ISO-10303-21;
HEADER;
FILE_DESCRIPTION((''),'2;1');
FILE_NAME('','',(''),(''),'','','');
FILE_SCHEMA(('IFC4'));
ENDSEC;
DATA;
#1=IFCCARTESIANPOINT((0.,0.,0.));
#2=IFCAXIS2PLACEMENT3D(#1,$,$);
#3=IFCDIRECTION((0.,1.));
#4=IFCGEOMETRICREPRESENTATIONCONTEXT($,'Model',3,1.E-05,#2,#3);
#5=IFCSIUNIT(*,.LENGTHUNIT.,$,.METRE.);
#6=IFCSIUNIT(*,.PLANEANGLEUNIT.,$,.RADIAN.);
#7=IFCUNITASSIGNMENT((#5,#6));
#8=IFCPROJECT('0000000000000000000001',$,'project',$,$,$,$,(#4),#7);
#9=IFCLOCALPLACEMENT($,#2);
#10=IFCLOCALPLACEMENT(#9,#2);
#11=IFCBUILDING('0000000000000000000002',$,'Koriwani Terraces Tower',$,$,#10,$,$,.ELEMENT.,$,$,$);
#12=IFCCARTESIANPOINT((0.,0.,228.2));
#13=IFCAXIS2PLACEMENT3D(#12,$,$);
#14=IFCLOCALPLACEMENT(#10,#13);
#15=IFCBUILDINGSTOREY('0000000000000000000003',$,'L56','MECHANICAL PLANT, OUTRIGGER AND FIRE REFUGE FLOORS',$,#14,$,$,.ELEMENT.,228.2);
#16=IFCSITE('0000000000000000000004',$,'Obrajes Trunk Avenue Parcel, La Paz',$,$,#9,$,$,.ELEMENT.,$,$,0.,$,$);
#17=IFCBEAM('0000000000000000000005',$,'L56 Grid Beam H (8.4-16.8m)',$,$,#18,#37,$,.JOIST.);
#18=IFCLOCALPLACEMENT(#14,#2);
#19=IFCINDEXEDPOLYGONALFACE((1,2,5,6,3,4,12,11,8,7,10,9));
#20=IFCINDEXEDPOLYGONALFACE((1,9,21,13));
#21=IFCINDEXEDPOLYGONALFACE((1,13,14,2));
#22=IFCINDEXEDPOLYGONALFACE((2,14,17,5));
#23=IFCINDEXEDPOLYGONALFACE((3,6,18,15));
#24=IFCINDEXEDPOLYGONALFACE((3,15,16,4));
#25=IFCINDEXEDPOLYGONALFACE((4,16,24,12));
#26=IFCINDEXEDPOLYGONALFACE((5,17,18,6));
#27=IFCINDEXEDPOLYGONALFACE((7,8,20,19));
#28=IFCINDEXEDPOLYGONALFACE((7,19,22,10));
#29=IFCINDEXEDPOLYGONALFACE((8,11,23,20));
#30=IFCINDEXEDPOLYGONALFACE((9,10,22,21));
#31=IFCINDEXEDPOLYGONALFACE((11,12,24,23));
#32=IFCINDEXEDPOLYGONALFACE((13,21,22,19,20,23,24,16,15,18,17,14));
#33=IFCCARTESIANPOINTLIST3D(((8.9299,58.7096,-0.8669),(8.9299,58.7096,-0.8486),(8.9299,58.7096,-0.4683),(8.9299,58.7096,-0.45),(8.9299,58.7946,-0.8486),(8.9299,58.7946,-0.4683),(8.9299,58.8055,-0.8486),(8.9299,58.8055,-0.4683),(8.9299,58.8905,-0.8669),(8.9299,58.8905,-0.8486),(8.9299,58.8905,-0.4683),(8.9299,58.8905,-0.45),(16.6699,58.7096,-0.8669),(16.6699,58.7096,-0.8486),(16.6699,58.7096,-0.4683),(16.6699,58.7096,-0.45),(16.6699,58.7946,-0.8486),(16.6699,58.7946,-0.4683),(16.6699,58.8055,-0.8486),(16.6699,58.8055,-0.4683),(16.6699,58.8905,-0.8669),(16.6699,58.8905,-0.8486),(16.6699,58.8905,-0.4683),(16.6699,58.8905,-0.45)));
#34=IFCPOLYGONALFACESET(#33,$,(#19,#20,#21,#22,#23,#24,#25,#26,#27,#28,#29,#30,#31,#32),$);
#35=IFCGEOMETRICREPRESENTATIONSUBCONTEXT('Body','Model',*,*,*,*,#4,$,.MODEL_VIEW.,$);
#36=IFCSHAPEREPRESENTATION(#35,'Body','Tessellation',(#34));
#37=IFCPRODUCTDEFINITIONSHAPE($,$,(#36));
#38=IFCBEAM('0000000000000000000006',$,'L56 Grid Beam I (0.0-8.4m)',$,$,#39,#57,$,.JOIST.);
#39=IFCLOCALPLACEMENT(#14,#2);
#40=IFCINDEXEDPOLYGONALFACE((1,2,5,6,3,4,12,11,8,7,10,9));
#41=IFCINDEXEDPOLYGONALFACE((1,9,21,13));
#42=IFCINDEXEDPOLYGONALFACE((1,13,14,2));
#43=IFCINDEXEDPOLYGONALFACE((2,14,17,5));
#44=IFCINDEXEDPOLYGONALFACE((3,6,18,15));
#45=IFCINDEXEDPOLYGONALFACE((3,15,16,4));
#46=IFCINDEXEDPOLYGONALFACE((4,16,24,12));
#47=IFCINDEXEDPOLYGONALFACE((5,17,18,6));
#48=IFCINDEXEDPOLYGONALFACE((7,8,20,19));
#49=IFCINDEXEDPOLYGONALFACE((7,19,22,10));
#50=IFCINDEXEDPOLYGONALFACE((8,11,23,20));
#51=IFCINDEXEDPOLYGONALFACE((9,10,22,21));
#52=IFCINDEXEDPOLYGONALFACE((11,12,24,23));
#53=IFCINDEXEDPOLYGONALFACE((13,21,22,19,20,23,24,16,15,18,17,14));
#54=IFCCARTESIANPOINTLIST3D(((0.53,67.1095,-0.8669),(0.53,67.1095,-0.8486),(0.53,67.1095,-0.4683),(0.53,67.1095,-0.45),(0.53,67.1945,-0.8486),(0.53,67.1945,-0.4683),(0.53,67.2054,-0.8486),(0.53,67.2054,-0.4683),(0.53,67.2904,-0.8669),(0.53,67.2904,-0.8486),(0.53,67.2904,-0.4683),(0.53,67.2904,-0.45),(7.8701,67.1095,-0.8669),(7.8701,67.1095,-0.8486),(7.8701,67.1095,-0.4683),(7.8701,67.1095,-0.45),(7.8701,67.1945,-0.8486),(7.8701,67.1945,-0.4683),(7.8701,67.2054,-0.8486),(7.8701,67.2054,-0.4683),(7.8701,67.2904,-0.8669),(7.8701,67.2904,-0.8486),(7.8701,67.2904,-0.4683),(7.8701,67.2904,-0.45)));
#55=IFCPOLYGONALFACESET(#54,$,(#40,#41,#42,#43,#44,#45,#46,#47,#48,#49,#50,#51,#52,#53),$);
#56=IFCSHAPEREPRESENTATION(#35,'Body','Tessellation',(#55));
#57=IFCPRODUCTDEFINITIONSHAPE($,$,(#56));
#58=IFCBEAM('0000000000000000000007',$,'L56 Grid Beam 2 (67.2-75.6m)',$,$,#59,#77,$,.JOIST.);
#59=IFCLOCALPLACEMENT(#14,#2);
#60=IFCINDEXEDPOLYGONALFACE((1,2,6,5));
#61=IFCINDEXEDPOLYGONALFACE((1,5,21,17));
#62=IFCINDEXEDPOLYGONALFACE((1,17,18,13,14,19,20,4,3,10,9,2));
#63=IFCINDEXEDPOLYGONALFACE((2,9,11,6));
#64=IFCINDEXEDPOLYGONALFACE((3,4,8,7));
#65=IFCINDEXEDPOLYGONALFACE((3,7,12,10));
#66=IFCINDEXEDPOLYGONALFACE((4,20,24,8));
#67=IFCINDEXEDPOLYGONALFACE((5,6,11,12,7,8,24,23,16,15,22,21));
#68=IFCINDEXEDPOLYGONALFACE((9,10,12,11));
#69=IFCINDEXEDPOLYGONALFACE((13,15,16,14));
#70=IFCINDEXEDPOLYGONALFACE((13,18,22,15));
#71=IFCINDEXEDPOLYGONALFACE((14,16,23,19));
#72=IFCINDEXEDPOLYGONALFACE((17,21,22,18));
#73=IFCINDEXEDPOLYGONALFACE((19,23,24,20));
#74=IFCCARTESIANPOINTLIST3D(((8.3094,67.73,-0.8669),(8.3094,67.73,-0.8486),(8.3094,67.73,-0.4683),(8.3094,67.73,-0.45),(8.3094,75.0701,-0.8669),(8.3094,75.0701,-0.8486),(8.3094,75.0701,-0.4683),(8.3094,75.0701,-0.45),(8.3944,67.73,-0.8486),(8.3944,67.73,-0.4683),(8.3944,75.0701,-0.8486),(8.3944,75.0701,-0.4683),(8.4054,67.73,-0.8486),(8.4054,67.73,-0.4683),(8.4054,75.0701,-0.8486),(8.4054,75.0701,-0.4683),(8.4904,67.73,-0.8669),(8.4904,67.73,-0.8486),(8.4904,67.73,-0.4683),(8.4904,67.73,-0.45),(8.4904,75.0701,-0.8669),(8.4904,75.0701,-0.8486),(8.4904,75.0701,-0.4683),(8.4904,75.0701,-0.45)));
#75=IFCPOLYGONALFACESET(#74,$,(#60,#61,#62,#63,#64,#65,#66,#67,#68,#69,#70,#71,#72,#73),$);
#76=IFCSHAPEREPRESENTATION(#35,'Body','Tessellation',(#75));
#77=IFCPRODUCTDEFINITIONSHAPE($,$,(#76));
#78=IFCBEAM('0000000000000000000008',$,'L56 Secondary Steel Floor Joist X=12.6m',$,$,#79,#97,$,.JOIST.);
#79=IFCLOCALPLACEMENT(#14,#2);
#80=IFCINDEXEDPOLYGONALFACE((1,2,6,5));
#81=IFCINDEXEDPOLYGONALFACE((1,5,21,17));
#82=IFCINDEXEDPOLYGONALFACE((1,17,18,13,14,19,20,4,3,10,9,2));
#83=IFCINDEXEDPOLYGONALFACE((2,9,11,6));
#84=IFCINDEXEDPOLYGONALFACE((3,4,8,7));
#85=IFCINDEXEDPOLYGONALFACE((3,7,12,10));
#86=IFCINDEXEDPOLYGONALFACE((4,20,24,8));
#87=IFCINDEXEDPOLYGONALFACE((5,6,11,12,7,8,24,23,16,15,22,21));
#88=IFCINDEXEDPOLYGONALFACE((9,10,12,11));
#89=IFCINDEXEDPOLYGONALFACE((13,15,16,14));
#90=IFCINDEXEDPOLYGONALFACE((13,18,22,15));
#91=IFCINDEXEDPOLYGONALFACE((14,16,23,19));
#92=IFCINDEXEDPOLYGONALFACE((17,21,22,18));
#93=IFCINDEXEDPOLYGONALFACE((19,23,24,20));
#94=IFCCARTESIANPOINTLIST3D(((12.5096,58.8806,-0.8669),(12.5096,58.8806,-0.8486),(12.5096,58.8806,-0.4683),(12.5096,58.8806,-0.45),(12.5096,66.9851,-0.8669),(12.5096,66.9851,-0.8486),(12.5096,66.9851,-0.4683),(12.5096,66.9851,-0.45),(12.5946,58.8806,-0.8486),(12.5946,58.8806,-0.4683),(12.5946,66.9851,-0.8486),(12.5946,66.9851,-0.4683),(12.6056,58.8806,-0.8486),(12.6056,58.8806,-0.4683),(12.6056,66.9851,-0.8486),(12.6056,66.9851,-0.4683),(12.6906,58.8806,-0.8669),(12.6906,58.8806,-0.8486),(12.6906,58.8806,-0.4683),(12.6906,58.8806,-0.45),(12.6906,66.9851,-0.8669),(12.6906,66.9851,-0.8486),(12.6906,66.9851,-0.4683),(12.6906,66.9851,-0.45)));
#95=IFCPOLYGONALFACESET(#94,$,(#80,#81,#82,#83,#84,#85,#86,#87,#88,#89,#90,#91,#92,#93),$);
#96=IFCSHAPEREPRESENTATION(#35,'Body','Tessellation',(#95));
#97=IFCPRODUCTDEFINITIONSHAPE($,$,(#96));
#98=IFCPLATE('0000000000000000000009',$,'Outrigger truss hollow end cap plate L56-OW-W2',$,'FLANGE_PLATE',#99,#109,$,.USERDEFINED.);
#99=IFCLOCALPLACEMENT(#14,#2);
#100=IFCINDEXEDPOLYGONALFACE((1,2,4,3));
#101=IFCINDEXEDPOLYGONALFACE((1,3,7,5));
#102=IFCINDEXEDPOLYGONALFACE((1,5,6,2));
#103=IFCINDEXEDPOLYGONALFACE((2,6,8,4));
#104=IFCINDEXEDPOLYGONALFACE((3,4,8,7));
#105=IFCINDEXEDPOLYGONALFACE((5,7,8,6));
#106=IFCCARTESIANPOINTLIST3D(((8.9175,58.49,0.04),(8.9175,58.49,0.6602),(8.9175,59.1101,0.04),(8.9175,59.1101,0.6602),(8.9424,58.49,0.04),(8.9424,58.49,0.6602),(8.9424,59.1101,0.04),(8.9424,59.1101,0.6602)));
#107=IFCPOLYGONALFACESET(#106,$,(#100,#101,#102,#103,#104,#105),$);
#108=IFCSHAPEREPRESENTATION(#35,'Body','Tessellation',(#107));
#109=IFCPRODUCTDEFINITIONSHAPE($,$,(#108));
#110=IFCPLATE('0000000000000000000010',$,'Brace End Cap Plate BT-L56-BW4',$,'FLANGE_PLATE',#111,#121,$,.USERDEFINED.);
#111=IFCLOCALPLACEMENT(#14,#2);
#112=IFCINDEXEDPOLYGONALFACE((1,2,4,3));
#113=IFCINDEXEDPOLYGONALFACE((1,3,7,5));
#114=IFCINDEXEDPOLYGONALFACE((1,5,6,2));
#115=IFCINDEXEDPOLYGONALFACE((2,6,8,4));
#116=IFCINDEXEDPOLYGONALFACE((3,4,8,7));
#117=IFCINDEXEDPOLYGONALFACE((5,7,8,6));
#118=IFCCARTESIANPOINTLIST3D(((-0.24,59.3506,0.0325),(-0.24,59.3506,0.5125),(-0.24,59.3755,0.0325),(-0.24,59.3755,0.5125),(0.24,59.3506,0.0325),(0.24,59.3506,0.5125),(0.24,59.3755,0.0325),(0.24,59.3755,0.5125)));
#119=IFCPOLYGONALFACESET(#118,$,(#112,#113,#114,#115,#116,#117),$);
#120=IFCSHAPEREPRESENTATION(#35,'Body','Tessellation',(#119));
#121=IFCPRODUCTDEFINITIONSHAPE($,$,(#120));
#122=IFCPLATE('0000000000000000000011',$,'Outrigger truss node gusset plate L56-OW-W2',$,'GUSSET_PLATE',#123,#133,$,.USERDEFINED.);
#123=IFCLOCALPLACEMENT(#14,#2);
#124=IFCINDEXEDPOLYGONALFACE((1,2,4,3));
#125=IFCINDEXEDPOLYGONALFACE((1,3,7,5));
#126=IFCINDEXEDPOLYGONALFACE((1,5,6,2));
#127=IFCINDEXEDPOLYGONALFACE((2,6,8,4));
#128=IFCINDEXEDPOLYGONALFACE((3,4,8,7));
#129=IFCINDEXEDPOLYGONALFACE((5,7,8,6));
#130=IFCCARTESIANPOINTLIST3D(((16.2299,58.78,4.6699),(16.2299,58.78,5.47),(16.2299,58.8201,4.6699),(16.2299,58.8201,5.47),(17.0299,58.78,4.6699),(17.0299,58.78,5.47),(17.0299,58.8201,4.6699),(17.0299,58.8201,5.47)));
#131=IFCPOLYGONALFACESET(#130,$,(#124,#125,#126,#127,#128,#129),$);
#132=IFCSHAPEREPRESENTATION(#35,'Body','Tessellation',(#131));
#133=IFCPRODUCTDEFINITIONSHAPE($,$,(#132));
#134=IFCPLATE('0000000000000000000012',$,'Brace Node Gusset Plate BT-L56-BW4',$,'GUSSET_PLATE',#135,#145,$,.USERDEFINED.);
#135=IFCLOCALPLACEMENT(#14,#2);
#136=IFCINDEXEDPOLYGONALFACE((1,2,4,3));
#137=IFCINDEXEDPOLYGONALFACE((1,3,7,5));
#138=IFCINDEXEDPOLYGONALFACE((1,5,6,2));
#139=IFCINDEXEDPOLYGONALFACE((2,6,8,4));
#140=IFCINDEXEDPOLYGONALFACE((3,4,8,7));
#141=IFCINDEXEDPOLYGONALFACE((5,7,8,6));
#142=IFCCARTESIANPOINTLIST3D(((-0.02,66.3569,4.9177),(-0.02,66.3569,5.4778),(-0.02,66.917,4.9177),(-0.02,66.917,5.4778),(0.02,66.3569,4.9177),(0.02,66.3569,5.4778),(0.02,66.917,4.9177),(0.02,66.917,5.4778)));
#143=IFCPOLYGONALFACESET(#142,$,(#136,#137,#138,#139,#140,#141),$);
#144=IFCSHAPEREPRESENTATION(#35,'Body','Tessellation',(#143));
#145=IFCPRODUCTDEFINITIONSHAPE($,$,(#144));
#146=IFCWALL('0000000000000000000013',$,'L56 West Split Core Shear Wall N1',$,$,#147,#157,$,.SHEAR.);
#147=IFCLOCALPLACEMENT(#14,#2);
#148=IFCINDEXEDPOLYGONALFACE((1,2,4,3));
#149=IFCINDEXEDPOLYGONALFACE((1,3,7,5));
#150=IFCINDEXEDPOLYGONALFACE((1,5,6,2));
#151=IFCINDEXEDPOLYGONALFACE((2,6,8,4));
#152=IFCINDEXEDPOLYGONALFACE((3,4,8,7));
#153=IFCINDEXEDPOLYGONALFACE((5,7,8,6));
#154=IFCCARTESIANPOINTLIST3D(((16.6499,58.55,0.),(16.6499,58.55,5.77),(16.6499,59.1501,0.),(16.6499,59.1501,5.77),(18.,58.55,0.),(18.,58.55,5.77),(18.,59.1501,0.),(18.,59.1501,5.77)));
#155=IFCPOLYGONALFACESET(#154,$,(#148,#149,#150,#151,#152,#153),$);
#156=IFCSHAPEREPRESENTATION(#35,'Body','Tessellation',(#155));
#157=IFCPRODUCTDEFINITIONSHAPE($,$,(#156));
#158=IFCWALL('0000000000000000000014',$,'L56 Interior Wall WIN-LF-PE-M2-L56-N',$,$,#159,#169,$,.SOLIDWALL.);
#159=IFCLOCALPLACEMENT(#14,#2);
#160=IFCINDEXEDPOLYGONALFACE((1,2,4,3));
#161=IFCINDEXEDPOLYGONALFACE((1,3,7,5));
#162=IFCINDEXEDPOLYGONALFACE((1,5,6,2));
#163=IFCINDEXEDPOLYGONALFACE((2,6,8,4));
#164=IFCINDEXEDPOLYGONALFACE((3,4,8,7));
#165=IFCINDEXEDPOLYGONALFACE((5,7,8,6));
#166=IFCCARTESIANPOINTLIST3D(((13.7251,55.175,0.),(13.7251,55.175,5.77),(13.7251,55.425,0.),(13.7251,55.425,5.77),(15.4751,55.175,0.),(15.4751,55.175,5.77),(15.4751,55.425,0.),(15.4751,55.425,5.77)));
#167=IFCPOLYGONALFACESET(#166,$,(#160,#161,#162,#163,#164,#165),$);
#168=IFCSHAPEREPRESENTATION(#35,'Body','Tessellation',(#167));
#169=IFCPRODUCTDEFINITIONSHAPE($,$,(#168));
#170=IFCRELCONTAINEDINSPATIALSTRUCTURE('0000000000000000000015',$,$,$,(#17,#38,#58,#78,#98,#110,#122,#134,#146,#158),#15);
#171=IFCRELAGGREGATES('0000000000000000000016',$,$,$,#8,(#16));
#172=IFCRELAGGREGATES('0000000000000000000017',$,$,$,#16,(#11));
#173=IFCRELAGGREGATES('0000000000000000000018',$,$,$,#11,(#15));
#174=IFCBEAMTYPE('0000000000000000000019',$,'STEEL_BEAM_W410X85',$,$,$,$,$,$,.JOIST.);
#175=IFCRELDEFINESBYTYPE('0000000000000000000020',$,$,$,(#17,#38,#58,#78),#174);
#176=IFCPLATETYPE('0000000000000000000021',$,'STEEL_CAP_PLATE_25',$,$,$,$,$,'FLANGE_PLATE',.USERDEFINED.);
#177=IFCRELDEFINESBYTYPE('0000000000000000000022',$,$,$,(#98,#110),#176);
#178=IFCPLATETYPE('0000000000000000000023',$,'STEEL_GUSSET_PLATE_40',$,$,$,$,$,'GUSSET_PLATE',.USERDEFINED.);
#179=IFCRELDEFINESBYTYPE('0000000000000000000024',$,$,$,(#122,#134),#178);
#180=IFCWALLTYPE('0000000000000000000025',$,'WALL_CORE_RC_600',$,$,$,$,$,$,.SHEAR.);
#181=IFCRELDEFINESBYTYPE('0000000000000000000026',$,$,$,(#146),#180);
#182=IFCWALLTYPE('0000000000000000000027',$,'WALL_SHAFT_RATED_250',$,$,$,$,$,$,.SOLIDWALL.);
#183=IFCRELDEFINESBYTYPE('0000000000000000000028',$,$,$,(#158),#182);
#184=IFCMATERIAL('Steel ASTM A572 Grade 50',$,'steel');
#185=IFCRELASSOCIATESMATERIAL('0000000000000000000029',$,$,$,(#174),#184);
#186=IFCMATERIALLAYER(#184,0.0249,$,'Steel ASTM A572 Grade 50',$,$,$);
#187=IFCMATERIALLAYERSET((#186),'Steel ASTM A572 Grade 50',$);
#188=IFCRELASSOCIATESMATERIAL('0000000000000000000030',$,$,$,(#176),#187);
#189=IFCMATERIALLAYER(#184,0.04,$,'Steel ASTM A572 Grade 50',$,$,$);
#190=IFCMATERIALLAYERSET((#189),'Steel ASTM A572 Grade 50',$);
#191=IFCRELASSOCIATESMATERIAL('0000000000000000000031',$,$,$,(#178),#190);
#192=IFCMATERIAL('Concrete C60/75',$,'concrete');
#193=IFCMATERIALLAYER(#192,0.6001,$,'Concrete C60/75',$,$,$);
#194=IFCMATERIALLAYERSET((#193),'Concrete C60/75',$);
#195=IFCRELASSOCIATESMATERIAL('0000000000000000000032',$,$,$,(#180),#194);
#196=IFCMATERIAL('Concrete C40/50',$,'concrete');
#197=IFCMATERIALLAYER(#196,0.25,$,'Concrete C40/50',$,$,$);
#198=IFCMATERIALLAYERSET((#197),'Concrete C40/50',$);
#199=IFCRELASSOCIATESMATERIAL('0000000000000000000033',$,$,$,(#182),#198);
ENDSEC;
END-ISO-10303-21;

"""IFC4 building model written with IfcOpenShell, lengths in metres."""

from ifc_helpers import new_model, si_unit, direction, frame, frame_2d, origin, origin_2d, place, context, subcontext, project, spatial, rectangle, i_section, extrude, material, layer, layer_set, material_profile, profile_set, type_object, element, save


model = new_model("IFC4")

# Units and contexts
model_context = context("Model", 3, precision=1e-05, world=origin(), true_north=direction((0.0, 1.0)))
body_context = subcontext(model_context, "Body", "Model", "MODEL_VIEW")
ifc_project = project(units=[si_unit("LENGTHUNIT", "METRE"), si_unit("PLANEANGLEUNIT", "RADIAN")], contexts=[model_context])

# Site, building, storey
site_placement = place(None, origin())
site = spatial("IfcSite", under=ifc_project, at=site_placement, Name="Obrajes Trunk Avenue Parcel, La Paz", CompositionType="ELEMENT", RefElevation=0.0)
building_placement = place(site_placement, origin())
building = spatial("IfcBuilding", under=site, at=building_placement, Name="Koriwani Terraces Tower", CompositionType="ELEMENT")
storey_placement = place(building_placement, frame((0.0, 0.0, 228.2)))
storey = spatial("IfcBuildingStorey", under=building, at=storey_placement, Name="L56", Description="MECHANICAL PLANT, OUTRIGGER AND FIRE REFUGE FLOORS", CompositionType="ELEMENT", Elevation=228.2)

# Shared definitions
ifc_material_1 = material(Name="Steel ASTM A572 Grade 50", Category="steel")

# Beams
ifc_material_profile_1 = material_profile(ifc_material_1, i_section(OverallWidth=0.1809, OverallDepth=0.417, WebThickness=0.011, FlangeThickness=0.0183, at=origin_2d()), Name="Steel ASTM A572 Grade 50", Category="LoadBearing")
ifc_profile_set_1 = profile_set([ifc_material_profile_1], Name="Steel ASTM A572 Grade 50")
beam_type_1 = type_object("IfcBeamType", Name="STEEL_BEAM_W410X85", PredefinedType="JOIST", material=ifc_profile_set_1)
beam_1_placement = place(storey_placement, frame((8.9299, 58.8, -0.6584), z_axis=(1.0, 0.0, 0.0), x_axis=(0.0, 1.0, 0.0)))
element("IfcBeam", 1, at=beam_1_placement, inside=storey, type_object=beam_type_1, Name="L56 Grid Beam H (8.4-16.8m)", PredefinedType="JOIST", context=body_context, shape_type="SweptSolid", body=[
    extrude(i_section(OverallWidth=0.1809, OverallDepth=0.417, WebThickness=0.011, FlangeThickness=0.0183, at=origin_2d()), origin(), (0.0, 0.0, 1.0), 7.74),
])
for number, where, z_axis, x_axis, name in (
    (2, (0.53, 67.2, -0.6584), (1.0, 0.0, 0.0), (0.0, 1.0, 0.0), "L56 Grid Beam I (0.0-8.4m)"),
    (3, (8.3999, 67.73, -0.6584), (0.0, 1.0, 0.0), (-1.0, 0.0, 0.0), "L56 Grid Beam 2 (67.2-75.6m)"),
):
    element("IfcBeam", number, at=place(storey_placement, frame(where, z_axis=z_axis, x_axis=x_axis)), inside=storey, type_object=beam_type_1, Name=name, PredefinedType="JOIST", context=body_context, shape_type="SweptSolid", body=[
        extrude(i_section(OverallWidth=0.1809, OverallDepth=0.417, WebThickness=0.011, FlangeThickness=0.0183, at=origin_2d()), origin(), (0.0, 0.0, 1.0), 7.3401),
    ])
beam_2_placement = place(storey_placement, frame((12.6001, 58.8806, -0.6584), z_axis=(0.0, 1.0, 0.0), x_axis=(-1.0, 0.0, 0.0)))
element("IfcBeam", 4, at=beam_2_placement, inside=storey, type_object=beam_type_1, Name="L56 Secondary Steel Floor Joist X=12.6m", PredefinedType="JOIST", context=body_context, shape_type="SweptSolid", body=[
    extrude(i_section(OverallWidth=0.1809, OverallDepth=0.417, WebThickness=0.011, FlangeThickness=0.0183, at=origin_2d()), origin(), (0.0, 0.0, 1.0), 8.1045),
])

# Plates
ifc_layer_1 = layer(ifc_material_1, 0.0249, Name="Steel ASTM A572 Grade 50")
ifc_layer_set_1 = layer_set([ifc_layer_1], Name="Steel ASTM A572 Grade 50")
plate_type_1 = type_object("IfcPlateType", Name="STEEL_CAP_PLATE_25", ElementType="FLANGE_PLATE", PredefinedType="USERDEFINED", material=ifc_layer_set_1)
plate_1_placement = place(storey_placement, frame((8.9299, 58.8, 0.04), z_axis=(0.0, 0.0, 1.0), x_axis=(1.0, 0.0, 0.0)))
element("IfcPlate", 5, at=plate_1_placement, inside=storey, type_object=plate_type_1, Name="Outrigger truss hollow end cap plate L56-OW-W2", ObjectType="FLANGE_PLATE", PredefinedType="USERDEFINED", context=body_context, shape_type="SweptSolid", body=[
    extrude(rectangle(XDim=0.0249, YDim=0.6201, at=origin_2d()), origin(), (0.0, 0.0, 1.0), 0.6201),
])
plate_2_placement = place(storey_placement, frame((0.0, 59.363, 0.0325), z_axis=(0.0, 0.0, 1.0), x_axis=(0.0, 1.0, 0.0)))
element("IfcPlate", 6, at=plate_2_placement, inside=storey, type_object=plate_type_1, Name="Brace End Cap Plate BT-L56-BW4", ObjectType="FLANGE_PLATE", PredefinedType="USERDEFINED", context=body_context, shape_type="SweptSolid", body=[
    extrude(rectangle(XDim=0.0249, YDim=0.48, at=origin_2d()), origin(), (0.0, 0.0, 1.0), 0.48),
])
ifc_layer_2 = layer(ifc_material_1, 0.04, Name="Steel ASTM A572 Grade 50")
ifc_layer_set_2 = layer_set([ifc_layer_2], Name="Steel ASTM A572 Grade 50")
plate_type_2 = type_object("IfcPlateType", Name="STEEL_GUSSET_PLATE_40", ElementType="GUSSET_PLATE", PredefinedType="USERDEFINED", material=ifc_layer_set_2)
plate_3_placement = place(storey_placement, frame((16.6299, 58.8, 4.6699), z_axis=(0.0, 0.0, 1.0), x_axis=(1.0, 0.0, 0.0)))
element("IfcPlate", 7, at=plate_3_placement, inside=storey, type_object=plate_type_2, Name="Outrigger truss node gusset plate L56-OW-W2", ObjectType="GUSSET_PLATE", PredefinedType="USERDEFINED", context=body_context, shape_type="SweptSolid", body=[
    extrude(rectangle(XDim=0.8, YDim=0.04, at=origin_2d()), origin(), (0.0, 0.0, 1.0), 0.8),
])
plate_4_placement = place(storey_placement, frame((0.0, 66.637, 4.9177), z_axis=(0.0, 0.0, 1.0), x_axis=(0.0, 1.0, 0.0)))
element("IfcPlate", 8, at=plate_4_placement, inside=storey, type_object=plate_type_2, Name="Brace Node Gusset Plate BT-L56-BW4", ObjectType="GUSSET_PLATE", PredefinedType="USERDEFINED", context=body_context, shape_type="SweptSolid", body=[
    extrude(rectangle(XDim=0.5601, YDim=0.04, at=origin_2d()), origin(), (0.0, 0.0, 1.0), 0.5601),
])

# Walls
ifc_material_2 = material(Name="Concrete C60/75", Category="concrete")
ifc_layer_3 = layer(ifc_material_2, 0.6001, Name="Concrete C60/75")
ifc_layer_set_3 = layer_set([ifc_layer_3], Name="Concrete C60/75")
wall_type_1 = type_object("IfcWallType", Name="WALL_CORE_RC_600", PredefinedType="SHEAR", material=ifc_layer_set_3)
wall_1_placement = place(storey_placement, frame((16.6499, 58.8501, 0.0), z_axis=(0.0, 0.0, 1.0), x_axis=(1.0, 0.0, 0.0)))
element("IfcWall", 9, at=wall_1_placement, inside=storey, type_object=wall_type_1, Name="L56 West Split Core Shear Wall N1", PredefinedType="SHEAR", context=body_context, shape_type="SweptSolid", body=[
    extrude(rectangle(XDim=1.3501, YDim=0.6001, at=frame_2d((0.675, 0.0))), origin(), (0.0, 0.0, 1.0), 5.77),
])
ifc_material_3 = material(Name="Concrete C40/50", Category="concrete")
ifc_layer_4 = layer(ifc_material_3, 0.25, Name="Concrete C40/50")
ifc_layer_set_4 = layer_set([ifc_layer_4], Name="Concrete C40/50")
wall_type_2 = type_object("IfcWallType", Name="WALL_SHAFT_RATED_250", PredefinedType="SOLIDWALL", material=ifc_layer_set_4)
wall_2_placement = place(storey_placement, frame((13.7251, 55.3, 0.0), z_axis=(0.0, 0.0, 1.0), x_axis=(1.0, 0.0, 0.0)))
element("IfcWall", 10, at=wall_2_placement, inside=storey, type_object=wall_type_2, Name="L56 Interior Wall WIN-LF-PE-M2-L56-N", PredefinedType="SOLIDWALL", context=body_context, shape_type="SweptSolid", body=[
    extrude(rectangle(XDim=1.75, YDim=0.25, at=frame_2d((0.875, 0.0))), origin(), (0.0, 0.0, 1.0), 5.77),
])

save(model, "model.ifc")
